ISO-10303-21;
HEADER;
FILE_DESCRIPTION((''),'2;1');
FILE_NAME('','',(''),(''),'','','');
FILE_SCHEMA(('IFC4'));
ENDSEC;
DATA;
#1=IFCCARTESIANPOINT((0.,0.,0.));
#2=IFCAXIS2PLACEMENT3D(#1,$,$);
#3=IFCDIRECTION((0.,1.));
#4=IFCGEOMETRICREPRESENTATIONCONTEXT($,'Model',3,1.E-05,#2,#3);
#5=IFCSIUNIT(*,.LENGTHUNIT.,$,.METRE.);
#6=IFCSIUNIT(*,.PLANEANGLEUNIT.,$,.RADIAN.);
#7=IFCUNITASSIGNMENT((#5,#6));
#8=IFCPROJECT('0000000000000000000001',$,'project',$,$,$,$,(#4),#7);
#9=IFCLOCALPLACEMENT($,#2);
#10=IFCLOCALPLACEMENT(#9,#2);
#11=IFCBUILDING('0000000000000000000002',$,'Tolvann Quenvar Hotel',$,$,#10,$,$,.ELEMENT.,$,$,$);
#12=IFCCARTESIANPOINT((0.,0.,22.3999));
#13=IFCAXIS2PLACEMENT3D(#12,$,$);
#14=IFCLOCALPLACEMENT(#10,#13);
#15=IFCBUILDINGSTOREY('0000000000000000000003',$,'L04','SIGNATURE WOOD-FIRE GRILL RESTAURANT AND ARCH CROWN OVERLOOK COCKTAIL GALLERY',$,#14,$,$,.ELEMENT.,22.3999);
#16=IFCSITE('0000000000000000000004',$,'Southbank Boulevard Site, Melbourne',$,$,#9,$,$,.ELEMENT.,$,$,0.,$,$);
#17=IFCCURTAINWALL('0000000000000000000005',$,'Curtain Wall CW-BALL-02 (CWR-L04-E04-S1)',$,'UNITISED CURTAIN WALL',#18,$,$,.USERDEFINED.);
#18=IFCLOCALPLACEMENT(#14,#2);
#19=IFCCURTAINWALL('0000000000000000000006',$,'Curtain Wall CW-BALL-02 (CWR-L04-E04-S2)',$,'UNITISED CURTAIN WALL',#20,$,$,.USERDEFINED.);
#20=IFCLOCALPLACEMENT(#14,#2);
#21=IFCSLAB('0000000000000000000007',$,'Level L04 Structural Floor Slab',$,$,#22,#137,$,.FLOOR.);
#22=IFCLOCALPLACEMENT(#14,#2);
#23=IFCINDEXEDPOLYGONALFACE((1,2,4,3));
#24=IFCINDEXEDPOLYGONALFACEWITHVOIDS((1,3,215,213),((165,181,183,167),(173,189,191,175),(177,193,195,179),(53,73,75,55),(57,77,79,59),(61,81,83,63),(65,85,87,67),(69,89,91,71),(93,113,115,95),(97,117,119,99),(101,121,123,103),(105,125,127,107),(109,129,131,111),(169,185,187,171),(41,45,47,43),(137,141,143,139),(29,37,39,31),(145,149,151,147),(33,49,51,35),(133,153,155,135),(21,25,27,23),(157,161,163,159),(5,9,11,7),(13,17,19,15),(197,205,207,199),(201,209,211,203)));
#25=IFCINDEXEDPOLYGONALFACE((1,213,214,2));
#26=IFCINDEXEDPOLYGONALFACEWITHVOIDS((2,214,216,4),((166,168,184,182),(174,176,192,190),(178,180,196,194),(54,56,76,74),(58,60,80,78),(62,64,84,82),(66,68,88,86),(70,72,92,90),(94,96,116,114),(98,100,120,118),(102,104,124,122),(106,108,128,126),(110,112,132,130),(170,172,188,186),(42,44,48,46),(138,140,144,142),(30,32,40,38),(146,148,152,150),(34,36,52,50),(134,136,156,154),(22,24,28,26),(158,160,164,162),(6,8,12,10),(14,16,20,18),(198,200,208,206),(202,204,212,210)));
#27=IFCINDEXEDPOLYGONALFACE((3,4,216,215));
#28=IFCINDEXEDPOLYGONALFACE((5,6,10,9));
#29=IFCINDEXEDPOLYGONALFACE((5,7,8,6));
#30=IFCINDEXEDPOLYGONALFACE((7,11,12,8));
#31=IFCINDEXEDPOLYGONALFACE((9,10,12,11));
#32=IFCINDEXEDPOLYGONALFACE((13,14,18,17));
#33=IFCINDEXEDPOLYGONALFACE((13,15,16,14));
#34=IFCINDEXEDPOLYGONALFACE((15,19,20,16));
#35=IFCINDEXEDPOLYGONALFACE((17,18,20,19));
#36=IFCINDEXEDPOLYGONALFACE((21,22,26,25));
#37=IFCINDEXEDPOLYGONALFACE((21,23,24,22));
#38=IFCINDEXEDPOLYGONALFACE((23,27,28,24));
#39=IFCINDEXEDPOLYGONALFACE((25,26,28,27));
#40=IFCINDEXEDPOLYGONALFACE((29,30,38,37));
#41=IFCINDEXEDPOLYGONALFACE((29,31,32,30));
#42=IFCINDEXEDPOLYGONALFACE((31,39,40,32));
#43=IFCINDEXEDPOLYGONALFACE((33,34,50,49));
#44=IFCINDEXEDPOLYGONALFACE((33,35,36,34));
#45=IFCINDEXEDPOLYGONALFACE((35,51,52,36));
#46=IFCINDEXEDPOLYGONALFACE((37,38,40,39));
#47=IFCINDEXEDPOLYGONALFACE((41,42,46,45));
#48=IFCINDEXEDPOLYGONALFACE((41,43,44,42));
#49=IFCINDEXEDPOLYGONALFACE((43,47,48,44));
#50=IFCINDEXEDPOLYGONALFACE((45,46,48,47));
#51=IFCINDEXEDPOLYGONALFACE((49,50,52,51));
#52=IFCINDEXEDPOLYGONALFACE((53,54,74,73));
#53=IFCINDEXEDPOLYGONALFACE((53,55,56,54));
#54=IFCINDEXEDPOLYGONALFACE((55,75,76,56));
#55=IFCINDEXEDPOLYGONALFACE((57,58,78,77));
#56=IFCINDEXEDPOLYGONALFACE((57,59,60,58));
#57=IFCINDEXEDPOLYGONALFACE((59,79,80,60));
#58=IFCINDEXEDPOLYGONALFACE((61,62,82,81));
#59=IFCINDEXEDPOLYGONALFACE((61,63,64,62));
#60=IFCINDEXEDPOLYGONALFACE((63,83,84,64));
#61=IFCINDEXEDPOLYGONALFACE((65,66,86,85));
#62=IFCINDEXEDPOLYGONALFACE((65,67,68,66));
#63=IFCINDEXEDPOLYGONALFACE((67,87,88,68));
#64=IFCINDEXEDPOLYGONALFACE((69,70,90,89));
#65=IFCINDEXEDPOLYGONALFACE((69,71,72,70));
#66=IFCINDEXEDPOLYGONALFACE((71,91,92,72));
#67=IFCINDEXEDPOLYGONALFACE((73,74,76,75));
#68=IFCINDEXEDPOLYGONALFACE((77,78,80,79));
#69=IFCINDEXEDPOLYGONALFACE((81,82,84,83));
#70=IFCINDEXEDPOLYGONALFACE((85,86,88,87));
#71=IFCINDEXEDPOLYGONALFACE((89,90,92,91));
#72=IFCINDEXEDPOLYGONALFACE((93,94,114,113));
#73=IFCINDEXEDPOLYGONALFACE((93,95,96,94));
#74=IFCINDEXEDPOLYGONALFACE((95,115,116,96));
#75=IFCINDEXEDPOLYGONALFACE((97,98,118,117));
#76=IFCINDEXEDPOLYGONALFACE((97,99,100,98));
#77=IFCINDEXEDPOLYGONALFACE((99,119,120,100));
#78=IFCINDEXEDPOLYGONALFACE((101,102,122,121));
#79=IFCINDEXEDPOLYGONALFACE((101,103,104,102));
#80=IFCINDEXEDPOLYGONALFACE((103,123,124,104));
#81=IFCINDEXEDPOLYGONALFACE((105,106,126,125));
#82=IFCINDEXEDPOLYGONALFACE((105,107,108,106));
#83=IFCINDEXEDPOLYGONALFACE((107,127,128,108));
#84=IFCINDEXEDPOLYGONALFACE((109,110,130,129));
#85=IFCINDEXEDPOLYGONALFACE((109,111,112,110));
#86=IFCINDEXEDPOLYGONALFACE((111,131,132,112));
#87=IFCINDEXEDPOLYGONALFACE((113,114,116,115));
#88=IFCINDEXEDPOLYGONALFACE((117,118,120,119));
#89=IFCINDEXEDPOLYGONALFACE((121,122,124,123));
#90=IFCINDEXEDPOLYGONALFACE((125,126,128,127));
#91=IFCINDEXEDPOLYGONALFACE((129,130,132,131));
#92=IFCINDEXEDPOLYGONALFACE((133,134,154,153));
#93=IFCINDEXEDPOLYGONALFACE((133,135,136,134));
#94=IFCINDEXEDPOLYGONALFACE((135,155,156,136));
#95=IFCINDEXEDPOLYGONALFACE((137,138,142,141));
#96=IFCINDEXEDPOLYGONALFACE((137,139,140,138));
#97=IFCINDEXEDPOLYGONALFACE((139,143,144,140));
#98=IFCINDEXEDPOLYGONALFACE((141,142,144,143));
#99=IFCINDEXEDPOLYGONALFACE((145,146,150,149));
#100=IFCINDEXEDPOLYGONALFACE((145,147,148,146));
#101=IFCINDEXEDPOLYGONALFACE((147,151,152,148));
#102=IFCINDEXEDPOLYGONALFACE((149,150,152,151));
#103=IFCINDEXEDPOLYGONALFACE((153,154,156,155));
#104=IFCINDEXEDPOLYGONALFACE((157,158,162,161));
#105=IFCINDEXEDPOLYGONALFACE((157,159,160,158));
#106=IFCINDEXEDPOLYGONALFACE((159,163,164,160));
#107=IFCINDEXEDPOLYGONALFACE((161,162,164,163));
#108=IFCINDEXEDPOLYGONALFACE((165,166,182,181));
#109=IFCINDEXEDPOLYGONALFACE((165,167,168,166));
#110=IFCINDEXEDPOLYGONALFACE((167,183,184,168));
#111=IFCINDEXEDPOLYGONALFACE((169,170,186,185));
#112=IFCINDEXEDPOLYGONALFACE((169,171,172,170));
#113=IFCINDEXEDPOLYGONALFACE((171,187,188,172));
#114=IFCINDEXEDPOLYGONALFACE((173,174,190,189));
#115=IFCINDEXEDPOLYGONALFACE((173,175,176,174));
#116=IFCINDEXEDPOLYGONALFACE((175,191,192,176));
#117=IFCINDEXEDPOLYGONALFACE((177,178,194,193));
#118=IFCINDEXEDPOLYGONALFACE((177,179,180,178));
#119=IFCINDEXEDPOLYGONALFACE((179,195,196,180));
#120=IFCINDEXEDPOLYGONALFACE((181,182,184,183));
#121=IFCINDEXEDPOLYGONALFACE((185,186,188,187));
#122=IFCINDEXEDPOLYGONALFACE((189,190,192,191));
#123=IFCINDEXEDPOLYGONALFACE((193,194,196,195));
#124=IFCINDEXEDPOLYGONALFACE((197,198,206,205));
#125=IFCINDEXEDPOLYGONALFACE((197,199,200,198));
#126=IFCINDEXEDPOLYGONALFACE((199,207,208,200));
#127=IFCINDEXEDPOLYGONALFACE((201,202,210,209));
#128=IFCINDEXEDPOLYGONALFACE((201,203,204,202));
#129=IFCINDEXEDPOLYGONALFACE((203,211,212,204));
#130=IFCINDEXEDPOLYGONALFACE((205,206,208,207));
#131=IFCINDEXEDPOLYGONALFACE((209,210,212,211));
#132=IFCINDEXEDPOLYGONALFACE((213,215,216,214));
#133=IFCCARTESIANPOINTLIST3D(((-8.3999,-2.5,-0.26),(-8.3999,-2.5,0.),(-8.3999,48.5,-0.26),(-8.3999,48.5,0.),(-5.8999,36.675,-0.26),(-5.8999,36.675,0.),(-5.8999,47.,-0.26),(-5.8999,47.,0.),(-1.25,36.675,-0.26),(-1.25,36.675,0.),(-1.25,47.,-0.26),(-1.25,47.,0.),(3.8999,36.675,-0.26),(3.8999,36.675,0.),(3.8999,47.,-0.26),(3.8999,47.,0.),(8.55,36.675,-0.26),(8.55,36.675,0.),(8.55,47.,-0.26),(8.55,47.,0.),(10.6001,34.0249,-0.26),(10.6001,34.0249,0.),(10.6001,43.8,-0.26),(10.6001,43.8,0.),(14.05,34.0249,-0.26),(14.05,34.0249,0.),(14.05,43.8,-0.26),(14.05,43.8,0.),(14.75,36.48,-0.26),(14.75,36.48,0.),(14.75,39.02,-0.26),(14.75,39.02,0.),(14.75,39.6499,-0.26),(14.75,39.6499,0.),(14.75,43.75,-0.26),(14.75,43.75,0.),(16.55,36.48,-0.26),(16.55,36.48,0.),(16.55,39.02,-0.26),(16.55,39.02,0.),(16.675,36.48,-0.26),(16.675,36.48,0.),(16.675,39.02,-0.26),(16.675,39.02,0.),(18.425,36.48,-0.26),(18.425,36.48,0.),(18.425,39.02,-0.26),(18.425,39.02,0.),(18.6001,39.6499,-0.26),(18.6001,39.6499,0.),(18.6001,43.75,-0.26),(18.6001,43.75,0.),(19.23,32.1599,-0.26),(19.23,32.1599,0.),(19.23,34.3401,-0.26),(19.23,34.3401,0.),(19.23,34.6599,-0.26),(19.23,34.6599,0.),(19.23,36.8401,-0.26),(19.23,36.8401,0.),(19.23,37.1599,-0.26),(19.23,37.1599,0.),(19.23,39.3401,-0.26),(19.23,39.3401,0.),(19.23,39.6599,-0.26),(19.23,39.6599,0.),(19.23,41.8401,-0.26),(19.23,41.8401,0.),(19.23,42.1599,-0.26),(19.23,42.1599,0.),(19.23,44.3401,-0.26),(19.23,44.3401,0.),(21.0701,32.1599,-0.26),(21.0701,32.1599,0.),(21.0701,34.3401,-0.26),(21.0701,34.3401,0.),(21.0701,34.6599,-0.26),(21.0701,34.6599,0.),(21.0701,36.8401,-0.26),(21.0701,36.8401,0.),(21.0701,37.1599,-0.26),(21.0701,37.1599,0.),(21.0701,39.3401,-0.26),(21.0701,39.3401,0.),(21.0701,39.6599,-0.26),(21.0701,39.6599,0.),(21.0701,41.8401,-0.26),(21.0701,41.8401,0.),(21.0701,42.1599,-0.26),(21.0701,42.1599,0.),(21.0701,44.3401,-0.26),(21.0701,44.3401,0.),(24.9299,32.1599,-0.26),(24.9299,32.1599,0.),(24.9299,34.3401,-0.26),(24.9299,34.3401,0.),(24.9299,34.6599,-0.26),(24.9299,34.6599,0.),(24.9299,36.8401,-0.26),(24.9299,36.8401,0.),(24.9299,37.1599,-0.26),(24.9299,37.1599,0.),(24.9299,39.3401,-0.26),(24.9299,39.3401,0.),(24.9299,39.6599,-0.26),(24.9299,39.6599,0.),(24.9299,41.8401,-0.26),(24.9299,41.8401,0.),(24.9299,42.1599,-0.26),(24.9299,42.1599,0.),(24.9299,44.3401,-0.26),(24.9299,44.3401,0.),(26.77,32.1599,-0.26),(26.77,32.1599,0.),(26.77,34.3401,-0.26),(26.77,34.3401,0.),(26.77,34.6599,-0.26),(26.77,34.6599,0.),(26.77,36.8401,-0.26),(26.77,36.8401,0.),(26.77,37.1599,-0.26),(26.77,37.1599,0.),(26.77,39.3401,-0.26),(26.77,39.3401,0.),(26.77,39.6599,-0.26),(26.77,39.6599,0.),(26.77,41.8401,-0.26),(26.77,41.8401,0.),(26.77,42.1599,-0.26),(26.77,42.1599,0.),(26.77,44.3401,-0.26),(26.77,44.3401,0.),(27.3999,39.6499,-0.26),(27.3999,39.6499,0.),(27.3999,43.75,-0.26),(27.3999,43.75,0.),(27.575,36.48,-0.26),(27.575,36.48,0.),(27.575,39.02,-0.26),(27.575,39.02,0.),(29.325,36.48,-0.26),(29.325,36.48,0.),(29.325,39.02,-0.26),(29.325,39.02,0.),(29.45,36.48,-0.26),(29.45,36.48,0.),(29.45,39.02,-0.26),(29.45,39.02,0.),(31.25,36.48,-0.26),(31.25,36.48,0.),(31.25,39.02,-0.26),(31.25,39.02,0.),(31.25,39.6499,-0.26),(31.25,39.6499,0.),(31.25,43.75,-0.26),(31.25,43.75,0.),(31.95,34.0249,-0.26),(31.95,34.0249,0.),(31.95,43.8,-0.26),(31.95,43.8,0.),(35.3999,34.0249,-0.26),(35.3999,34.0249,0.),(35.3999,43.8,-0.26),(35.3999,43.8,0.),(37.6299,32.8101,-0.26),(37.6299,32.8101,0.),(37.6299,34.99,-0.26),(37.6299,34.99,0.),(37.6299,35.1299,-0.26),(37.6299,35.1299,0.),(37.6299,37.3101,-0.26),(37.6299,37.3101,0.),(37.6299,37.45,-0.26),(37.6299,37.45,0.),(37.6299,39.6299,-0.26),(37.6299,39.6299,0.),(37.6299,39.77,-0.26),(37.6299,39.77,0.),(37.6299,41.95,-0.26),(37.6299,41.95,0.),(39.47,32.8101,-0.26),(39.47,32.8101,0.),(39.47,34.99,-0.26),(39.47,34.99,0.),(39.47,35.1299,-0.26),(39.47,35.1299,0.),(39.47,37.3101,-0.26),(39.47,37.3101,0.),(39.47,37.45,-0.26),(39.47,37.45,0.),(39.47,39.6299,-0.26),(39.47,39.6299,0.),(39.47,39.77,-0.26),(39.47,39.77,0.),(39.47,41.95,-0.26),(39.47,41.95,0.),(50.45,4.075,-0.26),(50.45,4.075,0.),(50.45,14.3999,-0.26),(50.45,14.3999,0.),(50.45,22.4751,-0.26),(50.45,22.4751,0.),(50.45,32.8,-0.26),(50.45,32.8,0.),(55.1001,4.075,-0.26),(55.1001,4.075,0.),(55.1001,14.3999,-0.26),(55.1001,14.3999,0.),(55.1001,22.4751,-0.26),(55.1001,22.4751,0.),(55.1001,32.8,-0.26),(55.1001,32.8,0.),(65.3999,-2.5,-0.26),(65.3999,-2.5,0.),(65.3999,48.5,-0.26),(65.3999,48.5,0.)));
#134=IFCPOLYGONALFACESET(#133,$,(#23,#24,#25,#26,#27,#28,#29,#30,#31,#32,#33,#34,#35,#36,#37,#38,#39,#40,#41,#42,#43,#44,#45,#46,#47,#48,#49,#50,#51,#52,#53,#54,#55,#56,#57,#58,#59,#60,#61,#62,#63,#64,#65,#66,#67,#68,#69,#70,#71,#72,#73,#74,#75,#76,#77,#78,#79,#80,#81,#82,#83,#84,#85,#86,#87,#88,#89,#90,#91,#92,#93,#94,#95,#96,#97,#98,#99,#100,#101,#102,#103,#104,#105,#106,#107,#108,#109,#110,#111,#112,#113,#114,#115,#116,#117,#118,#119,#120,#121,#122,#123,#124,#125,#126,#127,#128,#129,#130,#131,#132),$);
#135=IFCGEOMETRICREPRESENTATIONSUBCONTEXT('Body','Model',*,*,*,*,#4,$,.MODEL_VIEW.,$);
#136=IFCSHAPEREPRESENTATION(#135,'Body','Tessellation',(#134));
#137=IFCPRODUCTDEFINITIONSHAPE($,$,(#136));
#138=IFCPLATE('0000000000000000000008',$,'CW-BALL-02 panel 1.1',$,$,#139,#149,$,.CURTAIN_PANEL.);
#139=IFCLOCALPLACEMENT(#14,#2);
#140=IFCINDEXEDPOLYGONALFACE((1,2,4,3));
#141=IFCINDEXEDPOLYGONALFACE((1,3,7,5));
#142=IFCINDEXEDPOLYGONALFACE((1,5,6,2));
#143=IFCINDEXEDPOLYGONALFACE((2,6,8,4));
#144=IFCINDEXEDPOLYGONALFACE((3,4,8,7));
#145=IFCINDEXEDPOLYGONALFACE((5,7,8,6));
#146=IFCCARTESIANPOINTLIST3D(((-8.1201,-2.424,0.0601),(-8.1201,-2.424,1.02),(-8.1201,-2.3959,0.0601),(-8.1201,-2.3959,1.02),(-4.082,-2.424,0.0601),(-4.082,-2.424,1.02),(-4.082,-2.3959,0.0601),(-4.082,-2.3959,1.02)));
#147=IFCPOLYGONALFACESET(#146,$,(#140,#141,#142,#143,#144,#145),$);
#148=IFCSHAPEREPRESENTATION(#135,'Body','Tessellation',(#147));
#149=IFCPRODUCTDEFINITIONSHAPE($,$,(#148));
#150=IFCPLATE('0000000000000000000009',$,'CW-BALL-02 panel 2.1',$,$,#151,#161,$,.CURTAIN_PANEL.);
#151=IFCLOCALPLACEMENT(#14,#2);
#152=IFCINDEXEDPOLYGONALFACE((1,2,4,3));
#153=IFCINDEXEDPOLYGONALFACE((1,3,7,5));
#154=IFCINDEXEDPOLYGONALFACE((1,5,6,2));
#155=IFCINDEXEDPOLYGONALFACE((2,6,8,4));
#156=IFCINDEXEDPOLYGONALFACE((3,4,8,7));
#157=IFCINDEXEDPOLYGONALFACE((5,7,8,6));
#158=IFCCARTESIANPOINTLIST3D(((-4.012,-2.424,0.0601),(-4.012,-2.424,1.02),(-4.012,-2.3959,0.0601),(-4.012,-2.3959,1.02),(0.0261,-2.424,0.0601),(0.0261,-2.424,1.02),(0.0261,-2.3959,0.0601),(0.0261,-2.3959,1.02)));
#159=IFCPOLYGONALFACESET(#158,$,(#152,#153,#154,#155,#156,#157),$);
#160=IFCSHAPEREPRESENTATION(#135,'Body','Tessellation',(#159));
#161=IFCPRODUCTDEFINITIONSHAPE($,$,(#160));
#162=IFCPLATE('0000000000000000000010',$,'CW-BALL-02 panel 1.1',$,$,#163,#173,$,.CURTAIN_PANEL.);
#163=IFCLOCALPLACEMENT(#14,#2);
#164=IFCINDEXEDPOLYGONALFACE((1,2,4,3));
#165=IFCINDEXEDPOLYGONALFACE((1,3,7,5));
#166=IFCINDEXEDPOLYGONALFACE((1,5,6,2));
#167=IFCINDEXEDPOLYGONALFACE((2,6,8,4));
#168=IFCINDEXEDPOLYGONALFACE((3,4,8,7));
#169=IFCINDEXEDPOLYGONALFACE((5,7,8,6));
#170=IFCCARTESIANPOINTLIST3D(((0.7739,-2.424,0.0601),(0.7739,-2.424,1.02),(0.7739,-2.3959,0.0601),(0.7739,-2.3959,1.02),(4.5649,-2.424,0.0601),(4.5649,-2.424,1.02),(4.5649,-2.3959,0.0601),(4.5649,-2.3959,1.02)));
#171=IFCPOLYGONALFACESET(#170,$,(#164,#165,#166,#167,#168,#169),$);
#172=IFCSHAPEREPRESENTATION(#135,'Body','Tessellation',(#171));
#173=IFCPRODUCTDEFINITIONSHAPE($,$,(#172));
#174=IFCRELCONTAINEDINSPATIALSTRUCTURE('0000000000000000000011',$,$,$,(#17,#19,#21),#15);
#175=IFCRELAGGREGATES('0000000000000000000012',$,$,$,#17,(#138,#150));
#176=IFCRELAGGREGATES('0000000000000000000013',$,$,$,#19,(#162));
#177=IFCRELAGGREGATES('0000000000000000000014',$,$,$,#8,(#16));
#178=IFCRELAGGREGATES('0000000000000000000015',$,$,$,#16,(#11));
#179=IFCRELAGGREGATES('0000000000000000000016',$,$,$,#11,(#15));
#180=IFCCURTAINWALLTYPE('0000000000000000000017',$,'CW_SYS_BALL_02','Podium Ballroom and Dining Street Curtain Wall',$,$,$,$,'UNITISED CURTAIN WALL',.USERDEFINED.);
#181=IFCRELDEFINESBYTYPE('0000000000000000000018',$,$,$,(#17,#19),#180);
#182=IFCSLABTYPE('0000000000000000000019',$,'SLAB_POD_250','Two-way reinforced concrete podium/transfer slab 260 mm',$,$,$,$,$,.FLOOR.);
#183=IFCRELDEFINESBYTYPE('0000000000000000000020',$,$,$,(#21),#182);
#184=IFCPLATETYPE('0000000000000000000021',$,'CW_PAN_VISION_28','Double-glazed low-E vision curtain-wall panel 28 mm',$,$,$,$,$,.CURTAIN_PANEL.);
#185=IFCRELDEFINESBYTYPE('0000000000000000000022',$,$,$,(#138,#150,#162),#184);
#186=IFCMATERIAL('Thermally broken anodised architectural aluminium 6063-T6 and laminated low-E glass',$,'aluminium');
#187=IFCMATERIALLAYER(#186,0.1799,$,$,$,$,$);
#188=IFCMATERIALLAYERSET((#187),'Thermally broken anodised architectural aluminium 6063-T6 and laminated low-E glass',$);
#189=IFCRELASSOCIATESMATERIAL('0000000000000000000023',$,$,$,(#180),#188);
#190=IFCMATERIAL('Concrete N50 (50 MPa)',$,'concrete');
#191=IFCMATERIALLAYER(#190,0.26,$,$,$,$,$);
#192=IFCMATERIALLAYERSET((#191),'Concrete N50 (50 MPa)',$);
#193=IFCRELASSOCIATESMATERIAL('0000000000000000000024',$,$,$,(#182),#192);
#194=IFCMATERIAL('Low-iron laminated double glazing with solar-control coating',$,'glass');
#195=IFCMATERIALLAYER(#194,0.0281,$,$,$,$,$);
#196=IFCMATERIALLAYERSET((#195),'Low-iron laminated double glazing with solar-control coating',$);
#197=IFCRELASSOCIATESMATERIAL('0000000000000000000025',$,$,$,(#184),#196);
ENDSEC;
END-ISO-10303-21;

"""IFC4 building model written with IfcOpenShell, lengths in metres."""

from ifc_helpers import new_model, si_unit, direction, frame, origin, origin_2d, place, context, subcontext, project, spatial, polyline, rectangle, outline, extrude, source, transform, mapped, material, layer, layer_set, type_object, element, aggregate, save


model = new_model("IFC4")

# Units and contexts
model_context = context("Model", 3, precision=1e-05, world=origin(), true_north=direction((0.0, 1.0)))
body_context = subcontext(model_context, "Body", "Model", "MODEL_VIEW")
ifc_project = project(units=[si_unit("LENGTHUNIT", "METRE"), si_unit("PLANEANGLEUNIT", "RADIAN")], contexts=[model_context])

# Site, building, storey
site_placement = place(None, origin())
site = spatial("IfcSite", under=ifc_project, at=site_placement, Name="Southbank Boulevard Site, Melbourne", CompositionType="ELEMENT", RefElevation=0.0)
building_placement = place(site_placement, origin())
building = spatial("IfcBuilding", under=site, at=building_placement, Name="Tolvann Quenvar Hotel", CompositionType="ELEMENT")
storey_placement = place(building_placement, frame((0.0, 0.0, 22.3999)))
storey = spatial("IfcBuildingStorey", under=building, at=storey_placement, Name="L04", Description="SIGNATURE WOOD-FIRE GRILL RESTAURANT AND ARCH CROWN OVERLOOK COCKTAIL GALLERY", CompositionType="ELEMENT", Elevation=22.3999)

# Shared definitions
ifc_material_1 = material(Name="Concrete N50 (50 MPa)", Category="concrete")

# Curtain walls
ifc_material_2 = material(Name="Thermally broken anodised architectural aluminium 6063-T6 and laminated low-E glass", Category="aluminium")
ifc_layer_1 = layer(ifc_material_2, 0.1799)
ifc_layer_set_1 = layer_set([ifc_layer_1], Name="Thermally broken anodised architectural aluminium 6063-T6 and laminated low-E glass")
curtain_wall_type = type_object("IfcCurtainWallType", Name="CW_SYS_BALL_02", Description="Podium Ballroom and Dining Street Curtain Wall", ElementType="UNITISED CURTAIN WALL", PredefinedType="USERDEFINED", material=ifc_layer_set_1)
curtain_wall_1_placement = place(storey_placement, origin())
curtain_wall_1 = element("IfcCurtainWall", 1, at=curtain_wall_1_placement, inside=storey, type_object=curtain_wall_type, Name="Curtain Wall CW-BALL-02 (CWR-L04-E04-S1)", ObjectType="UNITISED CURTAIN WALL", PredefinedType="USERDEFINED")
curtain_wall_2_placement = place(storey_placement, origin())
curtain_wall_2 = element("IfcCurtainWall", 2, at=curtain_wall_2_placement, inside=storey, type_object=curtain_wall_type, Name="Curtain Wall CW-BALL-02 (CWR-L04-E04-S2)", ObjectType="UNITISED CURTAIN WALL", PredefinedType="USERDEFINED")

# Slab
ifc_layer_2 = layer(ifc_material_1, 0.26)
ifc_layer_set_2 = layer_set([ifc_layer_2], Name="Concrete N50 (50 MPa)")
slab_type = type_object("IfcSlabType", Name="SLAB_POD_250", Description="Two-way reinforced concrete podium/transfer slab 260 mm", PredefinedType="FLOOR", material=ifc_layer_set_2)
slab_placement = place(storey_placement, frame((0.0, 0.0, -0.26)))
element("IfcSlab", 3, at=slab_placement, inside=storey, type_object=slab_type, Name="Level L04 Structural Floor Slab", PredefinedType="FLOOR", context=body_context, shape_type="SweptSolid", body=[
    extrude(outline(polyline([(-8.3999, -2.5), (65.3999, -2.5), (65.3999, 48.5), (-8.3999, 48.5), (-8.3999, -2.5)]), holes=[polyline([(50.45, 4.075), (50.45, 14.3999), (55.1001, 14.3999), (55.1001, 4.075), (50.45, 4.075)]), polyline([(50.45, 32.8), (55.1001, 32.8), (55.1001, 22.4751), (50.45, 22.4751), (50.45, 32.8)]), polyline([(39.47, 41.95), (39.47, 39.77), (37.6299, 39.77), (37.6299, 41.95), (39.47, 41.95)]), polyline([(39.47, 39.6299), (39.47, 37.45), (37.6299, 37.45), (37.6299, 39.6299), (39.47, 39.6299)]), polyline([(37.6299, 37.3101), (39.47, 37.3101), (39.47, 35.1299), (37.6299, 35.1299), (37.6299, 37.3101)]), polyline([(39.47, 34.99), (39.47, 32.8101), (37.6299, 32.8101), (37.6299, 34.99), (39.47, 34.99)]), polyline([(31.95, 43.8), (35.3999, 43.8), (35.3999, 34.0249), (31.95, 34.0249), (31.95, 43.8)]), polyline([(31.25, 39.02), (31.25, 36.48), (29.45, 36.48), (29.45, 39.02), (31.25, 39.02)]), polyline([(31.25, 43.75), (31.25, 39.6499), (27.3999, 39.6499), (27.3999, 43.75), (31.25, 43.75)]), polyline([(29.325, 39.02), (29.325, 36.48), (27.575, 36.48), (27.575, 39.02), (29.325, 39.02)]), polyline([(24.9299, 36.8401), (26.77, 36.8401), (26.77, 34.6599), (24.9299, 34.6599), (24.9299, 36.8401)]), polyline([(26.77, 44.3401), (26.77, 42.1599), (24.9299, 42.1599), (24.9299, 44.3401), (26.77, 44.3401)]), polyline([(26.77, 41.8401), (26.77, 39.6599), (24.9299, 39.6599), (24.9299, 41.8401), (26.77, 41.8401)]), polyline([(24.9299, 39.3401), (26.77, 39.3401), (26.77, 37.1599), (24.9299, 37.1599), (24.9299, 39.3401)]), polyline([(26.77, 34.3401), (26.77, 32.1599), (24.9299, 32.1599), (24.9299, 34.3401), (26.77, 34.3401)]), polyline([(21.0701, 44.3401), (21.0701, 42.1599), (19.23, 42.1599), (19.23, 44.3401), (21.0701, 44.3401)]), polyline([(21.0701, 41.8401), (21.0701, 39.6599), (19.23, 39.6599), (19.23, 41.8401), (21.0701, 41.8401)]), polyline([(19.23, 39.3401), (21.0701, 39.3401), (21.0701, 37.1599), (19.23, 37.1599), (19.23, 39.3401)]), polyline([(21.0701, 36.8401), (21.0701, 34.6599), (19.23, 34.6599), (19.23, 36.8401), (21.0701, 36.8401)]), polyline([(19.23, 34.3401), (21.0701, 34.3401), (21.0701, 32.1599), (19.23, 32.1599), (19.23, 34.3401)]), polyline([(18.6001, 43.75), (18.6001, 39.6499), (14.75, 39.6499), (14.75, 43.75), (18.6001, 43.75)]), polyline([(18.425, 39.02), (18.425, 36.48), (16.675, 36.48), (16.675, 39.02), (18.425, 39.02)]), polyline([(16.55, 39.02), (16.55, 36.48), (14.75, 36.48), (14.75, 39.02), (16.55, 39.02)]), polyline([(10.6001, 43.8), (14.05, 43.8), (14.05, 34.0249), (10.6001, 34.0249), (10.6001, 43.8)]), polyline([(3.8999, 47.0), (8.55, 47.0), (8.55, 36.675), (3.8999, 36.675), (3.8999, 47.0)]), polyline([(-5.8999, 47.0), (-1.25, 47.0), (-1.25, 36.675), (-5.8999, 36.675), (-5.8999, 47.0)])]), origin(), (0.0, 0.0, 1.0), 0.26),
])

# Plates
ifc_material_3 = material(Name="Low-iron laminated double glazing with solar-control coating", Category="glass")
ifc_layer_3 = layer(ifc_material_3, 0.0281)
ifc_layer_set_3 = layer_set([ifc_layer_3], Name="Low-iron laminated double glazing with solar-control coating")
plate_type = type_object("IfcPlateType", Name="CW_PAN_VISION_28", Description="Double-glazed low-E vision curtain-wall panel 28 mm", PredefinedType="CURTAIN_PANEL", material=ifc_layer_set_3)
shared_shape_1 = source(origin(), body_context, "Body", "SweptSolid", [
    extrude(rectangle(XDim=4.0381, YDim=0.0281, at=origin_2d()), origin(), (0.0, 0.0, 1.0), 0.96),
])
plate_1_placement = place(storey_placement, frame((-6.1011, -2.4099, 0.0601), z_axis=(0.0, 0.0, 1.0), x_axis=(1.0, 0.0, 0.0)))
plate_1 = element("IfcPlate", 4, at=plate_1_placement, type_object=plate_type, Name="CW-BALL-02 panel 1.1", PredefinedType="CURTAIN_PANEL", context=body_context, shape_type="MappedRepresentation", body=[
    mapped(shared_shape_1, transform((0.0, 0.0, 0.0), x_axis=(1.0, 0.0, 0.0), y_axis=(0.0, 1.0, 0.0), z_axis=(0.0, 0.0, 1.0), scale=1.0)),
])
plate_2_placement = place(storey_placement, frame((-1.9929, -2.4099, 0.0601), z_axis=(0.0, 0.0, 1.0), x_axis=(1.0, 0.0, 0.0)))
plate_2 = element("IfcPlate", 5, at=plate_2_placement, type_object=plate_type, Name="CW-BALL-02 panel 2.1", PredefinedType="CURTAIN_PANEL", context=body_context, shape_type="MappedRepresentation", body=[
    mapped(shared_shape_1, transform((0.0, 0.0, 0.0), x_axis=(1.0, 0.0, 0.0), y_axis=(0.0, 1.0, 0.0), z_axis=(0.0, 0.0, 1.0), scale=1.0)),
])
shared_shape_2 = source(origin(), body_context, "Body", "SweptSolid", [
    extrude(rectangle(XDim=3.791, YDim=0.0281, at=origin_2d()), origin(), (0.0, 0.0, 1.0), 0.96),
])
plate_3_placement = place(storey_placement, frame((2.6694, -2.4099, 0.0601), z_axis=(0.0, 0.0, 1.0), x_axis=(1.0, 0.0, 0.0)))
plate_3 = element("IfcPlate", 6, at=plate_3_placement, type_object=plate_type, Name="CW-BALL-02 panel 1.1", PredefinedType="CURTAIN_PANEL", context=body_context, shape_type="MappedRepresentation", body=[
    mapped(shared_shape_2, transform((0.0, 0.0, 0.0), x_axis=(1.0, 0.0, 0.0), y_axis=(0.0, 1.0, 0.0), z_axis=(0.0, 0.0, 1.0), scale=1.0)),
])
aggregate(curtain_wall_1, [plate_1, plate_2])
aggregate(curtain_wall_2, [plate_3])

save(model, "model.ifc")
